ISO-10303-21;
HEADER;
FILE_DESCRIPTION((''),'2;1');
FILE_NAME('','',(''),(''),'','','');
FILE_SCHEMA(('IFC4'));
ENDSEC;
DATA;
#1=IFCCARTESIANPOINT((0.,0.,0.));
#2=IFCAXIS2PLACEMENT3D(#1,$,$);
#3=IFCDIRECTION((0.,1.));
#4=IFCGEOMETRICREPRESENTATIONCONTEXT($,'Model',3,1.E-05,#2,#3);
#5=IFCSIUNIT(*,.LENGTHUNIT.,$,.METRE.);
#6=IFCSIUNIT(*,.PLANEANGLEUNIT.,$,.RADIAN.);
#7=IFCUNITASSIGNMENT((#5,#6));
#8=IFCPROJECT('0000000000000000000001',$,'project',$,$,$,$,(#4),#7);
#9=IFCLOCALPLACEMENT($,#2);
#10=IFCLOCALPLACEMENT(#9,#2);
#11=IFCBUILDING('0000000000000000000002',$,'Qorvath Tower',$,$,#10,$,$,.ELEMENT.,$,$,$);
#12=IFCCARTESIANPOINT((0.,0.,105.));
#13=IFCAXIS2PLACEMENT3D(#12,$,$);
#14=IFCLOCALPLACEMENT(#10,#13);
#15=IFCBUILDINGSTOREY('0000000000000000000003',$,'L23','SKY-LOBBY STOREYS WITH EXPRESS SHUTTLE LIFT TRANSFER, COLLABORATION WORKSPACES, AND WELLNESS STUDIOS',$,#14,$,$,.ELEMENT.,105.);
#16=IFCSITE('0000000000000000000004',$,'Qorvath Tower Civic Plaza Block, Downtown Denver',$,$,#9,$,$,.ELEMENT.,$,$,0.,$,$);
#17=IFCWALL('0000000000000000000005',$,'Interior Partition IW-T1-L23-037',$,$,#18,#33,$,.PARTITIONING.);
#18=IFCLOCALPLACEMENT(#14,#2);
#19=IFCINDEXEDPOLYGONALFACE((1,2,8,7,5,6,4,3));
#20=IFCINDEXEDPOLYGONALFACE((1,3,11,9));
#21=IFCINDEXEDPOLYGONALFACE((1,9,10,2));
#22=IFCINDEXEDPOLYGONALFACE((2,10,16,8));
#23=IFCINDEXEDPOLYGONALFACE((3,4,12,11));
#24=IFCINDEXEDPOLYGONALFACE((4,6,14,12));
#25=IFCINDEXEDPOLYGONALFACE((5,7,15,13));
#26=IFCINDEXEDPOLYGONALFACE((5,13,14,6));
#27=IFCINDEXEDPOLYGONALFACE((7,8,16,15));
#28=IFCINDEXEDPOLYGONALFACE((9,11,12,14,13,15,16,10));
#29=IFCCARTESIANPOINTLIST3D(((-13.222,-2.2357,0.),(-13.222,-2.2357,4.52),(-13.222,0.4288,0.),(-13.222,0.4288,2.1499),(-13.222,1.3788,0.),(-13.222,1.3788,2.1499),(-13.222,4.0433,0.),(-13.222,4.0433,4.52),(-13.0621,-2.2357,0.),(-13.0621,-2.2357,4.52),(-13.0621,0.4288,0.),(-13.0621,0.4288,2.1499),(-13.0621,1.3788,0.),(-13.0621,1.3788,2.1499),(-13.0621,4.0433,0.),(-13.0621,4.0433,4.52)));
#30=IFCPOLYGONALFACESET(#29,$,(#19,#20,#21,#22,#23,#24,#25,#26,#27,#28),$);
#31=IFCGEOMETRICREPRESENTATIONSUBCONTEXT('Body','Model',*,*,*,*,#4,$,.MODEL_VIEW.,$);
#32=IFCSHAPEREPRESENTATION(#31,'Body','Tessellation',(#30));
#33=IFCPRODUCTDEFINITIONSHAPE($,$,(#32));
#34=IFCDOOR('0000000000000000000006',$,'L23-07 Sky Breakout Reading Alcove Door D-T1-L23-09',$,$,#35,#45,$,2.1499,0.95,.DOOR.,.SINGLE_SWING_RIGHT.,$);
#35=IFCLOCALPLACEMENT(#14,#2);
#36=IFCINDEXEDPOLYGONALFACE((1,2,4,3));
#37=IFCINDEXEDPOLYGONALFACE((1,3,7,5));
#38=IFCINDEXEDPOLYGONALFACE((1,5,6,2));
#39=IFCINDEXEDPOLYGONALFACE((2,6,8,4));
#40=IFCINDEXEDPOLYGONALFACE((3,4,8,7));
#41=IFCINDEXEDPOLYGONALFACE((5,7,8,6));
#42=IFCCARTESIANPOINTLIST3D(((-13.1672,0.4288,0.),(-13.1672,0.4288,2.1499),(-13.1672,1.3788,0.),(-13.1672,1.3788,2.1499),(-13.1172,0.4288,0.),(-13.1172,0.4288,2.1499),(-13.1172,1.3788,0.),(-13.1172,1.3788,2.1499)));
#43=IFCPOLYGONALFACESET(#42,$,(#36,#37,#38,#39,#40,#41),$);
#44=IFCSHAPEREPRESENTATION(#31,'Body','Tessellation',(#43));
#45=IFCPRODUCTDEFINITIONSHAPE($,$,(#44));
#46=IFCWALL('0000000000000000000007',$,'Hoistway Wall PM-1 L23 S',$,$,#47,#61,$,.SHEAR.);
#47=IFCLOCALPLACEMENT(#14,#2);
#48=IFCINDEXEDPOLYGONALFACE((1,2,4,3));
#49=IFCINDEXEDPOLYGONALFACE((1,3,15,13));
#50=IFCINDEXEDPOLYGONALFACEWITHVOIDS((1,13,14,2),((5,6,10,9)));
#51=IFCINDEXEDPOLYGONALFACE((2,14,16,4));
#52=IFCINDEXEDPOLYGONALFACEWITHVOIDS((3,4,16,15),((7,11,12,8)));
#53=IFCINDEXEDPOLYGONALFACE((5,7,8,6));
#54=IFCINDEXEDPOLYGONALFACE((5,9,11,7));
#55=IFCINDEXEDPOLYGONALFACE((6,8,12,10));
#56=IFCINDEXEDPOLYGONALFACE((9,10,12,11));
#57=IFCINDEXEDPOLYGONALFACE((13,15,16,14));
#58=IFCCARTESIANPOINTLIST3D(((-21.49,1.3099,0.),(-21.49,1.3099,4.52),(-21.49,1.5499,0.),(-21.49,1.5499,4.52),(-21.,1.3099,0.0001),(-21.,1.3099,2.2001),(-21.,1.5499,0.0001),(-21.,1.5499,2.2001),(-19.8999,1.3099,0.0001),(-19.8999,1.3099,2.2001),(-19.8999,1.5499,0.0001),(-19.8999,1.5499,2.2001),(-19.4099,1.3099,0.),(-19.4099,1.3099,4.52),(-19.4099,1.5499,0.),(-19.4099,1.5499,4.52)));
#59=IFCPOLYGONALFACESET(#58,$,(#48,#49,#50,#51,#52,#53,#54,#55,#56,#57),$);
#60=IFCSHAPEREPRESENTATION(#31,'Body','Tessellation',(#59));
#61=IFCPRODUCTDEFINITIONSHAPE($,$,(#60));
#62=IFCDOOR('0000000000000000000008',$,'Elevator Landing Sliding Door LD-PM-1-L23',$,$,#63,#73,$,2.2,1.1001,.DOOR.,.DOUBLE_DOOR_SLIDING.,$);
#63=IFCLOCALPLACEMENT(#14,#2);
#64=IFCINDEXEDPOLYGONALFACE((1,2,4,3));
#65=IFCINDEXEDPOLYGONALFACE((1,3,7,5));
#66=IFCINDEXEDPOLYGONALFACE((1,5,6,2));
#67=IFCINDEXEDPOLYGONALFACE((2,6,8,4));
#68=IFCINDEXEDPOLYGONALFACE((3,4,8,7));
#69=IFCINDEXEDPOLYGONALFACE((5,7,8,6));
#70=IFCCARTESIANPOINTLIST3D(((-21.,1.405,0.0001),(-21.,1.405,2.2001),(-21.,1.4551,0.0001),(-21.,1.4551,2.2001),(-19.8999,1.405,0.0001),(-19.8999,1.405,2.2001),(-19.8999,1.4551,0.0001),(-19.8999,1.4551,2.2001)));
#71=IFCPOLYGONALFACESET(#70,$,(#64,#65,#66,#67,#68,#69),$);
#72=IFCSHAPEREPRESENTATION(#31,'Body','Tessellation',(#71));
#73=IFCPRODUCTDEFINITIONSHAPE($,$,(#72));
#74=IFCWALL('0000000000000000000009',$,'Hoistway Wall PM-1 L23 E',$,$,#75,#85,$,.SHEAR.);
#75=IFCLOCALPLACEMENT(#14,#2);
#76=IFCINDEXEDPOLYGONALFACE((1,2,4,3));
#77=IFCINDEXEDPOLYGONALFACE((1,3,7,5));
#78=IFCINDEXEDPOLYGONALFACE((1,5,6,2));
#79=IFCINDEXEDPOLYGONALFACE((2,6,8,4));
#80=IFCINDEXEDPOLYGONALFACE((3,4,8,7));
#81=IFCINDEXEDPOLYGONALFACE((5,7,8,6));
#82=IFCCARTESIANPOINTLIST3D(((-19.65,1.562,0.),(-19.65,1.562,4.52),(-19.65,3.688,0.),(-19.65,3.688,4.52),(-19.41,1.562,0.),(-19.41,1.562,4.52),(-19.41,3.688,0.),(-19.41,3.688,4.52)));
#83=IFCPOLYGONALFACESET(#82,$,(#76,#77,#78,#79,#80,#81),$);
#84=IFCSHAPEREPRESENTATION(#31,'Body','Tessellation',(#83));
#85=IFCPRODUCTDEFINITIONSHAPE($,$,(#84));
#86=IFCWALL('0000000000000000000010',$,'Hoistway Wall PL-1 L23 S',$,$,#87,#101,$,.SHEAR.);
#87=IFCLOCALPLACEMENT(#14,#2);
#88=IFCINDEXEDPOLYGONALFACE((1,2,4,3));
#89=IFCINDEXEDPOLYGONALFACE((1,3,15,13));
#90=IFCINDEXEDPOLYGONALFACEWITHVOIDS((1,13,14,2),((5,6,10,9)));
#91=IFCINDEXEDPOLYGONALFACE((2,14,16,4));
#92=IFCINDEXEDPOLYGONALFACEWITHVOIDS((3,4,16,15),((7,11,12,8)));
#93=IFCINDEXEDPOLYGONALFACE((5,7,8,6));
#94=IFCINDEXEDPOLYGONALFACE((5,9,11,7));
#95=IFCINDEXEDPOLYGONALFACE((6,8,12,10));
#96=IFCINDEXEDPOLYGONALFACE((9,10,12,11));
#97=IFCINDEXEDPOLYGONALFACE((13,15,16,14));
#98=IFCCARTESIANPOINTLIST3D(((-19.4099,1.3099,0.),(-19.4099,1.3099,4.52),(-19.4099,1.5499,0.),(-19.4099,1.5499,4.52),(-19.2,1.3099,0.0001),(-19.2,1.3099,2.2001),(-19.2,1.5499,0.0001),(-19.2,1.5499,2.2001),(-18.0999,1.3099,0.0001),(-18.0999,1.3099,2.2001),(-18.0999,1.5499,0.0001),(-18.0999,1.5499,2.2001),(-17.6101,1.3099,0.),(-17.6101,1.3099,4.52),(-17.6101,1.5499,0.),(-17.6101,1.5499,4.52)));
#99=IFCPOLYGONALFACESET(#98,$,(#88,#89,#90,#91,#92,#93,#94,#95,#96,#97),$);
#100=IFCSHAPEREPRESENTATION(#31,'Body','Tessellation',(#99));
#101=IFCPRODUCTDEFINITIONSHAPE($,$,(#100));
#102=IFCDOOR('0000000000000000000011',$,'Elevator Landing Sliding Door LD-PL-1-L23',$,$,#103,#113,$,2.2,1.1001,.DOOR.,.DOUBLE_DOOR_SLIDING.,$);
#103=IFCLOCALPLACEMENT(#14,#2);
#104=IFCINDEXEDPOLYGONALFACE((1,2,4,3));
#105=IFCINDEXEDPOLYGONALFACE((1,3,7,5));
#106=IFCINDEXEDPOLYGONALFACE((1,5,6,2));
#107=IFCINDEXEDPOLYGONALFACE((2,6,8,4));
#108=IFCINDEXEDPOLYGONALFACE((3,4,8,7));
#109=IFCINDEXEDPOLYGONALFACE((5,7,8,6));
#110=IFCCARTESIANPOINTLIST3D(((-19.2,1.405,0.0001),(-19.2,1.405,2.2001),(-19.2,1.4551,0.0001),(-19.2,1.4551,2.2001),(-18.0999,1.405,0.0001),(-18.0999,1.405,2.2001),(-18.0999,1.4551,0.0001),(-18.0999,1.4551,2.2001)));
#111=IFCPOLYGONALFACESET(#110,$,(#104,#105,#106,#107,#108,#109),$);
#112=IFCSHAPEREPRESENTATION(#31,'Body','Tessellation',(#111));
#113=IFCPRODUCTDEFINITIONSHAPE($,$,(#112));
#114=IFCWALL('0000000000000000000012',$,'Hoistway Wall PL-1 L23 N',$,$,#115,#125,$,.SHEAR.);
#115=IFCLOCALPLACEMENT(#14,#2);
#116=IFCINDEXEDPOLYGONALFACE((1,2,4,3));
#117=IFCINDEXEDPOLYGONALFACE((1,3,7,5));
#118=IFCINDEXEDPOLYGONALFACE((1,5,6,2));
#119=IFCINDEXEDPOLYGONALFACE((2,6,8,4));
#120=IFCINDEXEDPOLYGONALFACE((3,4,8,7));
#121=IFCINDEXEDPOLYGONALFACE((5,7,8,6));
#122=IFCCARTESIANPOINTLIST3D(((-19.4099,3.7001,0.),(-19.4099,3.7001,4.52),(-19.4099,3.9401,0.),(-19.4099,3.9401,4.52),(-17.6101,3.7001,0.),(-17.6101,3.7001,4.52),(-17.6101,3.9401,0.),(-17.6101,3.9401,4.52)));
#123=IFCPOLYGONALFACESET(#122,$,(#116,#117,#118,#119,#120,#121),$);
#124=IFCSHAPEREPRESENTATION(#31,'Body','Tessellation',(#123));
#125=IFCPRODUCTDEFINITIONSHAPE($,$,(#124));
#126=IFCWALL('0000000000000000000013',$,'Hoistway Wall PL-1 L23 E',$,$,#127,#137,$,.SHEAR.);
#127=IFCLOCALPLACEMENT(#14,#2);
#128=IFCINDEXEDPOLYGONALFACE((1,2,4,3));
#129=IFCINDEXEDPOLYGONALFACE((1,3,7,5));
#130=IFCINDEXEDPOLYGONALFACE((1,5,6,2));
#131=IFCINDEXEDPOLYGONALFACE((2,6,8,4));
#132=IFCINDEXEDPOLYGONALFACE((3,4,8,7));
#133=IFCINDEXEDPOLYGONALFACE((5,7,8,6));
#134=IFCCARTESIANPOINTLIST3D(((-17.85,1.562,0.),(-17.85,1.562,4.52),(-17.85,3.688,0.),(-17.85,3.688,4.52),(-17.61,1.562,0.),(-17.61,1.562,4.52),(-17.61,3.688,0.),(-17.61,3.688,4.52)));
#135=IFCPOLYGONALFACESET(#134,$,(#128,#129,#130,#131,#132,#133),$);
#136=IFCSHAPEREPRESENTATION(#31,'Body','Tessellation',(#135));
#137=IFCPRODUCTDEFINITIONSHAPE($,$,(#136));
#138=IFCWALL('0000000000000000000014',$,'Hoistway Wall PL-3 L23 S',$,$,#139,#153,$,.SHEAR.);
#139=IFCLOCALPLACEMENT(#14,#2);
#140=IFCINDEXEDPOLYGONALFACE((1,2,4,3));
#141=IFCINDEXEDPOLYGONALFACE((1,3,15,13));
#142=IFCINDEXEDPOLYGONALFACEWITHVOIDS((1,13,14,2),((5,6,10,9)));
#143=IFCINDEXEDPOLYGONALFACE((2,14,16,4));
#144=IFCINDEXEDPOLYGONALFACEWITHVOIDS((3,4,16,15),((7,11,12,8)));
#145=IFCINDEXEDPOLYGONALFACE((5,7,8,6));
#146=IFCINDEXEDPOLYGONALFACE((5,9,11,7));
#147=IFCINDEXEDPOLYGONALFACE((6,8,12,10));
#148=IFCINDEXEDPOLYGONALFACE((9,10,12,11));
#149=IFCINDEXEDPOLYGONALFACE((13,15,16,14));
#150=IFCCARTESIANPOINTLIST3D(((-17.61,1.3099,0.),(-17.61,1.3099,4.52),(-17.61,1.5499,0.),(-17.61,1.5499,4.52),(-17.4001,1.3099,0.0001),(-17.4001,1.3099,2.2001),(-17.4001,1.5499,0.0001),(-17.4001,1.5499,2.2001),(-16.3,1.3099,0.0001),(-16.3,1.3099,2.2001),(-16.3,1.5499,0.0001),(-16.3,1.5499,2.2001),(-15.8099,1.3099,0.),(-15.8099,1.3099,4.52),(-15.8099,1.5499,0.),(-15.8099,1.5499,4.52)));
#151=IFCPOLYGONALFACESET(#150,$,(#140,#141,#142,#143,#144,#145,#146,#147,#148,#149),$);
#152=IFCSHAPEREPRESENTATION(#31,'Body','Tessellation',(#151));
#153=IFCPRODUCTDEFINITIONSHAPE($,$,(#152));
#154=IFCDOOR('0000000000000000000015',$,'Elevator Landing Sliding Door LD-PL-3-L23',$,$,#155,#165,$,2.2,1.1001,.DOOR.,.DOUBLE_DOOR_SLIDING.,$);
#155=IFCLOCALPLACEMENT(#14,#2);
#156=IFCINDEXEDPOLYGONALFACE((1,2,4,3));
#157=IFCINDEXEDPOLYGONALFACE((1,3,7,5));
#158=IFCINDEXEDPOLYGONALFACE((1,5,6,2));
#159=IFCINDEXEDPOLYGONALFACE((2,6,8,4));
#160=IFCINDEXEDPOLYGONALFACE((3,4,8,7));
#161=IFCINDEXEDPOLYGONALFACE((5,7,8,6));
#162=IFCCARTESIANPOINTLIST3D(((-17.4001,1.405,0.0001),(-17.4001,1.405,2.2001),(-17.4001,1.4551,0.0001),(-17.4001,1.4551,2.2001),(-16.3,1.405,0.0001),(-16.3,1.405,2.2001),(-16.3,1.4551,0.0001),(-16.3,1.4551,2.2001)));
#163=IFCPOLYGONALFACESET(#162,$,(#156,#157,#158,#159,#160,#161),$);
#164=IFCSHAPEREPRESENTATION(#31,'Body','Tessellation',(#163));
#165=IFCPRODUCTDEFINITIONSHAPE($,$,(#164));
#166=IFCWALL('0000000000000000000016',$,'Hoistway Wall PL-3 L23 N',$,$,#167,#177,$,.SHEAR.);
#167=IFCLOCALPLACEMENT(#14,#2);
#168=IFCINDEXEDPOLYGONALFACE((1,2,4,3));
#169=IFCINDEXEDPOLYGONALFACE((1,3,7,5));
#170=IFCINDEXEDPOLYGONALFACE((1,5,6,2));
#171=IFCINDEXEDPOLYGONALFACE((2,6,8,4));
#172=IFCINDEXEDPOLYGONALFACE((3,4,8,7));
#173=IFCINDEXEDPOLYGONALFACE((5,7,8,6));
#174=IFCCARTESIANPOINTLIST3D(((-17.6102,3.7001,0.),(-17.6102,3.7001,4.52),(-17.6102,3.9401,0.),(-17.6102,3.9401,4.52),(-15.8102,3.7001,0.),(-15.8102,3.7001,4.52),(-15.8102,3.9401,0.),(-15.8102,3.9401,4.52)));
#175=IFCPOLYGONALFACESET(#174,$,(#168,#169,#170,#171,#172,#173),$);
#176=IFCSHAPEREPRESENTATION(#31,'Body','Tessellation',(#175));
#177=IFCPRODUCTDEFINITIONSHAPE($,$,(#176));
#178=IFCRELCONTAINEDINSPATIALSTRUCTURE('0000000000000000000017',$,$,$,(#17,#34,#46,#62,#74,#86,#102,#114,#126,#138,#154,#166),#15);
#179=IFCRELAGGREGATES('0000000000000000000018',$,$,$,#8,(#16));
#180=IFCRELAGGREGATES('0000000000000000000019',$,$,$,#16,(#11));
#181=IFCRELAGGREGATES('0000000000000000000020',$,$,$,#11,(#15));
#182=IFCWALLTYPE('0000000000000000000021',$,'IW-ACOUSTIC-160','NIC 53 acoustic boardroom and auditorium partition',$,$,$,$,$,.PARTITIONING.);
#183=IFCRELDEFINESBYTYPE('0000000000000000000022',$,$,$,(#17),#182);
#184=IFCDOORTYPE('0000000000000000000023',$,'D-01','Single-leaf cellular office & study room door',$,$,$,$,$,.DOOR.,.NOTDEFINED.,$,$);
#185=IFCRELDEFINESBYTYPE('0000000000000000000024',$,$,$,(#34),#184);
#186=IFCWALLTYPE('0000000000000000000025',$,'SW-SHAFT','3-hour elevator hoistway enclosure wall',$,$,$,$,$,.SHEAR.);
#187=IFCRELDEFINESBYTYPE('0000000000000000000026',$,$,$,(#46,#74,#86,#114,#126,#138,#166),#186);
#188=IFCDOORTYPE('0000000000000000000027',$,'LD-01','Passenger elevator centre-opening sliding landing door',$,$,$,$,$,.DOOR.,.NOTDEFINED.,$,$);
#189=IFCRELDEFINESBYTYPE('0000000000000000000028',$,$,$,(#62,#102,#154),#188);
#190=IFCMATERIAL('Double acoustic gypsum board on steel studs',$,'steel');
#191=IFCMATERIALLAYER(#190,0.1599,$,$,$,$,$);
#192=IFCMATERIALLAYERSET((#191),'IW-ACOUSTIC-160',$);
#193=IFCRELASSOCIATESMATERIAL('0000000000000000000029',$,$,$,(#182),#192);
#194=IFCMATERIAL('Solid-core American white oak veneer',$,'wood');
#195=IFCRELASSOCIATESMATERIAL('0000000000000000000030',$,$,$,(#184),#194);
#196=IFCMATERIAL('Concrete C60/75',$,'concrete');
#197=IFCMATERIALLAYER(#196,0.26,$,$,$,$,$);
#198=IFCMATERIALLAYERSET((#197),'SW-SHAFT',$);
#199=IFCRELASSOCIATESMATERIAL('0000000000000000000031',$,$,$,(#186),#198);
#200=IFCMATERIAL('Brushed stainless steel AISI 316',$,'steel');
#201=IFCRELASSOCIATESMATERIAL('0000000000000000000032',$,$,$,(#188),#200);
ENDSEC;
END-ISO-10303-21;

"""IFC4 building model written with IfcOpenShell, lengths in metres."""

from ifc_helpers import new_model, si_unit, direction, frame, frame_2d, origin, place, context, subcontext, project, spatial, rectangle, extrude, material, layer, layer_set, type_object, element, fill, save


model = new_model("IFC4")

# Units and contexts
model_context = context("Model", 3, precision=1e-05, world=origin(), true_north=direction((0.0, 1.0)))
body_context = subcontext(model_context, "Body", "Model", "MODEL_VIEW")
ifc_project = project(units=[si_unit("LENGTHUNIT", "METRE"), si_unit("PLANEANGLEUNIT", "RADIAN")], contexts=[model_context])

# Site, building, storey
site_placement = place(None, origin())
site = spatial("IfcSite", under=ifc_project, at=site_placement, Name="Qorvath Tower Civic Plaza Block, Downtown Denver", CompositionType="ELEMENT", RefElevation=0.0)
building_placement = place(site_placement, origin())
building = spatial("IfcBuilding", under=site, at=building_placement, Name="Qorvath Tower", CompositionType="ELEMENT")
storey_placement = place(building_placement, frame((0.0, 0.0, 105.0)))
storey = spatial("IfcBuildingStorey", under=building, at=storey_placement, Name="L23", Description="SKY-LOBBY STOREYS WITH EXPRESS SHUTTLE LIFT TRANSFER, COLLABORATION WORKSPACES, AND WELLNESS STUDIOS", CompositionType="ELEMENT", Elevation=105.0)

# Walls, openings, doors
ifc_material_1 = material(Name="Double acoustic gypsum board on steel studs", Category="steel")
ifc_layer_1 = layer(ifc_material_1, 0.1599)
ifc_layer_set_1 = layer_set([ifc_layer_1], Name="IW-ACOUSTIC-160")
wall_type_1 = type_object("IfcWallType", Name="IW-ACOUSTIC-160", Description="NIC 53 acoustic boardroom and auditorium partition", PredefinedType="PARTITIONING", material=ifc_layer_set_1)
wall_1_placement = place(storey_placement, frame((-13.1421, 4.0435, 0.0), z_axis=(0.0, 0.0, 1.0), x_axis=(0.0, -1.0, 0.0)))
wall_1 = element("IfcWall", 1, at=wall_1_placement, inside=storey, type_object=wall_type_1, Name="Interior Partition IW-T1-L23-037", PredefinedType="PARTITIONING", context=body_context, shape_type="SweptSolid", body=[
    extrude(rectangle(XDim=6.2791, YDim=0.1599, at=frame_2d((3.1396, 0.0))), origin(), (0.0, 0.0, 1.0), 4.52),
])
opening_1_placement = place(wall_1_placement, frame((2.6646, 0.0, 0.0)))
opening_1 = element("IfcOpeningElement", 2, at=opening_1_placement, cuts=wall_1, PredefinedType="OPENING", context=body_context, shape_type="SweptSolid", body=[
    extrude(rectangle(XDim=0.95, YDim=2.1499, at=frame_2d((0.4751, 1.075))), frame((0.0, 0.0898, 0.0), z_axis=(0.0, -1.0, 0.0), x_axis=(1.0, 0.0, 0.0)), (0.0, 0.0, 1.0), 0.1799),
])
ifc_material_2 = material(Name="Solid-core American white oak veneer", Category="wood")
door_type_1 = type_object("IfcDoorType", Name="D-01", Description="Single-leaf cellular office & study room door", OperationType="NOTDEFINED", PredefinedType="DOOR", material=ifc_material_2)
door_1_placement = place(opening_1_placement, origin())
door_1 = element("IfcDoor", 3, at=door_1_placement, inside=storey, type_object=door_type_1, Name="L23-07 Sky Breakout Reading Alcove Door D-T1-L23-09", OperationType="SINGLE_SWING_RIGHT", OverallHeight=2.1499, OverallWidth=0.95, PredefinedType="DOOR", context=body_context, shape_type="SweptSolid", body=[
    extrude(rectangle(XDim=0.95, YDim=2.1499, at=frame_2d((0.4751, 1.075))), frame((0.0, 0.0249, 0.0), z_axis=(0.0, -1.0, 0.0), x_axis=(1.0, 0.0, 0.0)), (0.0, 0.0, 1.0), 0.05),
])
fill(opening_1, door_1)
ifc_material_3 = material(Name="Concrete C60/75", Category="concrete")
ifc_layer_2 = layer(ifc_material_3, 0.26)
ifc_layer_set_2 = layer_set([ifc_layer_2], Name="SW-SHAFT")
wall_type_2 = type_object("IfcWallType", Name="SW-SHAFT", Description="3-hour elevator hoistway enclosure wall", PredefinedType="SHEAR", material=ifc_layer_set_2)
wall_2_placement = place(storey_placement, frame((-19.4099, 1.4299, 0.0), z_axis=(0.0, 0.0, 1.0), x_axis=(-1.0, 0.0, 0.0)))
wall_2 = element("IfcWall", 4, at=wall_2_placement, inside=storey, type_object=wall_type_2, Name="Hoistway Wall PM-1 L23 S", PredefinedType="SHEAR", context=body_context, shape_type="SweptSolid", body=[
    extrude(rectangle(XDim=2.0801, YDim=0.24, at=frame_2d((1.04, 0.0))), origin(), (0.0, 0.0, 1.0), 4.52),
])
opening_2_placement = place(wall_2_placement, frame((0.49, 0.0, 0.0)))
opening_2 = element("IfcOpeningElement", 5, at=opening_2_placement, cuts=wall_2, PredefinedType="OPENING", context=body_context, shape_type="SweptSolid", body=[
    extrude(rectangle(XDim=1.1001, YDim=2.2, at=frame_2d((0.55, 1.1001))), frame((0.0, 0.1299, 0.0), z_axis=(0.0, -1.0, 0.0), x_axis=(1.0, 0.0, 0.0)), (0.0, 0.0, 1.0), 0.26),
])
ifc_material_4 = material(Name="Brushed stainless steel AISI 316", Category="steel")
door_type_2 = type_object("IfcDoorType", Name="LD-01", Description="Passenger elevator centre-opening sliding landing door", OperationType="NOTDEFINED", PredefinedType="DOOR", material=ifc_material_4)
door_2_placement = place(opening_2_placement, origin())
door_2 = element("IfcDoor", 6, at=door_2_placement, inside=storey, type_object=door_type_2, Name="Elevator Landing Sliding Door LD-PM-1-L23", OperationType="DOUBLE_DOOR_SLIDING", OverallHeight=2.2, OverallWidth=1.1001, PredefinedType="DOOR", context=body_context, shape_type="SweptSolid", body=[
    extrude(rectangle(XDim=1.1001, YDim=2.2, at=frame_2d((0.55, 1.1001))), frame((0.0, 0.0249, 0.0), z_axis=(0.0, -1.0, 0.0), x_axis=(1.0, 0.0, 0.0)), (0.0, 0.0, 1.0), 0.05),
])
fill(opening_2, door_2)

# Wall
wall_3_placement = place(storey_placement, frame((-19.53, 3.688, 0.0), z_axis=(0.0, 0.0, 1.0), x_axis=(0.0, -1.0, 0.0)))
element("IfcWall", 7, at=wall_3_placement, inside=storey, type_object=wall_type_2, Name="Hoistway Wall PM-1 L23 E", PredefinedType="SHEAR", context=body_context, shape_type="SweptSolid", body=[
    extrude(rectangle(XDim=2.126, YDim=0.24, at=frame_2d((1.063, 0.0))), origin(), (0.0, 0.0, 1.0), 4.52),
])

# Wall, opening, door
wall_4_placement = place(storey_placement, frame((-17.6101, 1.4299, 0.0), z_axis=(0.0, 0.0, 1.0), x_axis=(-1.0, 0.0, 0.0)))
wall_4 = element("IfcWall", 8, at=wall_4_placement, inside=storey, type_object=wall_type_2, Name="Hoistway Wall PL-1 L23 S", PredefinedType="SHEAR", context=body_context, shape_type="SweptSolid", body=[
    extrude(rectangle(XDim=1.7998, YDim=0.24, at=frame_2d((0.8999, 0.0))), origin(), (0.0, 0.0, 1.0), 4.52),
])
opening_3_placement = place(wall_4_placement, frame((0.4897, 0.0, 0.0)))
opening_3 = element("IfcOpeningElement", 9, at=opening_3_placement, cuts=wall_4, PredefinedType="OPENING", context=body_context, shape_type="SweptSolid", body=[
    extrude(rectangle(XDim=1.1001, YDim=2.2, at=frame_2d((0.55, 1.1001))), frame((0.0, 0.1299, 0.0), z_axis=(0.0, -1.0, 0.0), x_axis=(1.0, 0.0, 0.0)), (0.0, 0.0, 1.0), 0.26),
])
door_3_placement = place(opening_3_placement, origin())
door_3 = element("IfcDoor", 10, at=door_3_placement, inside=storey, type_object=door_type_2, Name="Elevator Landing Sliding Door LD-PL-1-L23", OperationType="DOUBLE_DOOR_SLIDING", OverallHeight=2.2, OverallWidth=1.1001, PredefinedType="DOOR", context=body_context, shape_type="SweptSolid", body=[
    extrude(rectangle(XDim=1.1001, YDim=2.2, at=frame_2d((0.55, 1.1001))), frame((0.0, 0.0249, 0.0), z_axis=(0.0, -1.0, 0.0), x_axis=(1.0, 0.0, 0.0)), (0.0, 0.0, 1.0), 0.05),
])
fill(opening_3, door_3)

# Walls
wall_5_placement = place(storey_placement, frame((-19.4099, 3.8201, 0.0), z_axis=(0.0, 0.0, 1.0), x_axis=(1.0, 0.0, 0.0)))
element("IfcWall", 11, at=wall_5_placement, inside=storey, type_object=wall_type_2, Name="Hoistway Wall PL-1 L23 N", PredefinedType="SHEAR", context=body_context, shape_type="SweptSolid", body=[
    extrude(rectangle(XDim=1.7998, YDim=0.24, at=frame_2d((0.8999, 0.0))), origin(), (0.0, 0.0, 1.0), 4.52),
])
wall_6_placement = place(storey_placement, frame((-17.73, 3.688, 0.0), z_axis=(0.0, 0.0, 1.0), x_axis=(0.0, -1.0, 0.0)))
element("IfcWall", 12, at=wall_6_placement, inside=storey, type_object=wall_type_2, Name="Hoistway Wall PL-1 L23 E", PredefinedType="SHEAR", context=body_context, shape_type="SweptSolid", body=[
    extrude(rectangle(XDim=2.126, YDim=0.24, at=frame_2d((1.063, 0.0))), origin(), (0.0, 0.0, 1.0), 4.52),
])

# Wall, opening, door
wall_7_placement = place(storey_placement, frame((-15.8101, 1.4299, 0.0), z_axis=(0.0, 0.0, 1.0), x_axis=(-1.0, 0.0, 0.0)))
wall_7 = element("IfcWall", 13, at=wall_7_placement, inside=storey, type_object=wall_type_2, Name="Hoistway Wall PL-3 L23 S", PredefinedType="SHEAR", context=body_context, shape_type="SweptSolid", body=[
    extrude(rectangle(XDim=1.8, YDim=0.24, at=frame_2d((0.8999, 0.0))), origin(), (0.0, 0.0, 1.0), 4.52),
])
opening_4_placement = place(wall_7_placement, frame((0.49, 0.0, 0.0)))
opening_4 = element("IfcOpeningElement", 14, at=opening_4_placement, cuts=wall_7, PredefinedType="OPENING", context=body_context, shape_type="SweptSolid", body=[
    extrude(rectangle(XDim=1.1001, YDim=2.2, at=frame_2d((0.55, 1.1001))), frame((0.0, 0.1299, 0.0), z_axis=(0.0, -1.0, 0.0), x_axis=(1.0, 0.0, 0.0)), (0.0, 0.0, 1.0), 0.26),
])
door_4_placement = place(opening_4_placement, origin())
door_4 = element("IfcDoor", 15, at=door_4_placement, inside=storey, type_object=door_type_2, Name="Elevator Landing Sliding Door LD-PL-3-L23", OperationType="DOUBLE_DOOR_SLIDING", OverallHeight=2.2, OverallWidth=1.1001, PredefinedType="DOOR", context=body_context, shape_type="SweptSolid", body=[
    extrude(rectangle(XDim=1.1001, YDim=2.2, at=frame_2d((0.55, 1.1001))), frame((0.0, 0.0249, 0.0), z_axis=(0.0, -1.0, 0.0), x_axis=(1.0, 0.0, 0.0)), (0.0, 0.0, 1.0), 0.05),
])
fill(opening_4, door_4)

# Wall
wall_8_placement = place(storey_placement, frame((-17.6101, 3.8201, 0.0), z_axis=(0.0, 0.0, 1.0), x_axis=(1.0, 0.0, 0.0)))
element("IfcWall", 16, at=wall_8_placement, inside=storey, type_object=wall_type_2, Name="Hoistway Wall PL-3 L23 N", PredefinedType="SHEAR", context=body_context, shape_type="SweptSolid", body=[
    extrude(rectangle(XDim=1.8, YDim=0.24, at=frame_2d((0.8999, 0.0))), origin(), (0.0, 0.0, 1.0), 4.52),
])

save(model, "model.ifc")
